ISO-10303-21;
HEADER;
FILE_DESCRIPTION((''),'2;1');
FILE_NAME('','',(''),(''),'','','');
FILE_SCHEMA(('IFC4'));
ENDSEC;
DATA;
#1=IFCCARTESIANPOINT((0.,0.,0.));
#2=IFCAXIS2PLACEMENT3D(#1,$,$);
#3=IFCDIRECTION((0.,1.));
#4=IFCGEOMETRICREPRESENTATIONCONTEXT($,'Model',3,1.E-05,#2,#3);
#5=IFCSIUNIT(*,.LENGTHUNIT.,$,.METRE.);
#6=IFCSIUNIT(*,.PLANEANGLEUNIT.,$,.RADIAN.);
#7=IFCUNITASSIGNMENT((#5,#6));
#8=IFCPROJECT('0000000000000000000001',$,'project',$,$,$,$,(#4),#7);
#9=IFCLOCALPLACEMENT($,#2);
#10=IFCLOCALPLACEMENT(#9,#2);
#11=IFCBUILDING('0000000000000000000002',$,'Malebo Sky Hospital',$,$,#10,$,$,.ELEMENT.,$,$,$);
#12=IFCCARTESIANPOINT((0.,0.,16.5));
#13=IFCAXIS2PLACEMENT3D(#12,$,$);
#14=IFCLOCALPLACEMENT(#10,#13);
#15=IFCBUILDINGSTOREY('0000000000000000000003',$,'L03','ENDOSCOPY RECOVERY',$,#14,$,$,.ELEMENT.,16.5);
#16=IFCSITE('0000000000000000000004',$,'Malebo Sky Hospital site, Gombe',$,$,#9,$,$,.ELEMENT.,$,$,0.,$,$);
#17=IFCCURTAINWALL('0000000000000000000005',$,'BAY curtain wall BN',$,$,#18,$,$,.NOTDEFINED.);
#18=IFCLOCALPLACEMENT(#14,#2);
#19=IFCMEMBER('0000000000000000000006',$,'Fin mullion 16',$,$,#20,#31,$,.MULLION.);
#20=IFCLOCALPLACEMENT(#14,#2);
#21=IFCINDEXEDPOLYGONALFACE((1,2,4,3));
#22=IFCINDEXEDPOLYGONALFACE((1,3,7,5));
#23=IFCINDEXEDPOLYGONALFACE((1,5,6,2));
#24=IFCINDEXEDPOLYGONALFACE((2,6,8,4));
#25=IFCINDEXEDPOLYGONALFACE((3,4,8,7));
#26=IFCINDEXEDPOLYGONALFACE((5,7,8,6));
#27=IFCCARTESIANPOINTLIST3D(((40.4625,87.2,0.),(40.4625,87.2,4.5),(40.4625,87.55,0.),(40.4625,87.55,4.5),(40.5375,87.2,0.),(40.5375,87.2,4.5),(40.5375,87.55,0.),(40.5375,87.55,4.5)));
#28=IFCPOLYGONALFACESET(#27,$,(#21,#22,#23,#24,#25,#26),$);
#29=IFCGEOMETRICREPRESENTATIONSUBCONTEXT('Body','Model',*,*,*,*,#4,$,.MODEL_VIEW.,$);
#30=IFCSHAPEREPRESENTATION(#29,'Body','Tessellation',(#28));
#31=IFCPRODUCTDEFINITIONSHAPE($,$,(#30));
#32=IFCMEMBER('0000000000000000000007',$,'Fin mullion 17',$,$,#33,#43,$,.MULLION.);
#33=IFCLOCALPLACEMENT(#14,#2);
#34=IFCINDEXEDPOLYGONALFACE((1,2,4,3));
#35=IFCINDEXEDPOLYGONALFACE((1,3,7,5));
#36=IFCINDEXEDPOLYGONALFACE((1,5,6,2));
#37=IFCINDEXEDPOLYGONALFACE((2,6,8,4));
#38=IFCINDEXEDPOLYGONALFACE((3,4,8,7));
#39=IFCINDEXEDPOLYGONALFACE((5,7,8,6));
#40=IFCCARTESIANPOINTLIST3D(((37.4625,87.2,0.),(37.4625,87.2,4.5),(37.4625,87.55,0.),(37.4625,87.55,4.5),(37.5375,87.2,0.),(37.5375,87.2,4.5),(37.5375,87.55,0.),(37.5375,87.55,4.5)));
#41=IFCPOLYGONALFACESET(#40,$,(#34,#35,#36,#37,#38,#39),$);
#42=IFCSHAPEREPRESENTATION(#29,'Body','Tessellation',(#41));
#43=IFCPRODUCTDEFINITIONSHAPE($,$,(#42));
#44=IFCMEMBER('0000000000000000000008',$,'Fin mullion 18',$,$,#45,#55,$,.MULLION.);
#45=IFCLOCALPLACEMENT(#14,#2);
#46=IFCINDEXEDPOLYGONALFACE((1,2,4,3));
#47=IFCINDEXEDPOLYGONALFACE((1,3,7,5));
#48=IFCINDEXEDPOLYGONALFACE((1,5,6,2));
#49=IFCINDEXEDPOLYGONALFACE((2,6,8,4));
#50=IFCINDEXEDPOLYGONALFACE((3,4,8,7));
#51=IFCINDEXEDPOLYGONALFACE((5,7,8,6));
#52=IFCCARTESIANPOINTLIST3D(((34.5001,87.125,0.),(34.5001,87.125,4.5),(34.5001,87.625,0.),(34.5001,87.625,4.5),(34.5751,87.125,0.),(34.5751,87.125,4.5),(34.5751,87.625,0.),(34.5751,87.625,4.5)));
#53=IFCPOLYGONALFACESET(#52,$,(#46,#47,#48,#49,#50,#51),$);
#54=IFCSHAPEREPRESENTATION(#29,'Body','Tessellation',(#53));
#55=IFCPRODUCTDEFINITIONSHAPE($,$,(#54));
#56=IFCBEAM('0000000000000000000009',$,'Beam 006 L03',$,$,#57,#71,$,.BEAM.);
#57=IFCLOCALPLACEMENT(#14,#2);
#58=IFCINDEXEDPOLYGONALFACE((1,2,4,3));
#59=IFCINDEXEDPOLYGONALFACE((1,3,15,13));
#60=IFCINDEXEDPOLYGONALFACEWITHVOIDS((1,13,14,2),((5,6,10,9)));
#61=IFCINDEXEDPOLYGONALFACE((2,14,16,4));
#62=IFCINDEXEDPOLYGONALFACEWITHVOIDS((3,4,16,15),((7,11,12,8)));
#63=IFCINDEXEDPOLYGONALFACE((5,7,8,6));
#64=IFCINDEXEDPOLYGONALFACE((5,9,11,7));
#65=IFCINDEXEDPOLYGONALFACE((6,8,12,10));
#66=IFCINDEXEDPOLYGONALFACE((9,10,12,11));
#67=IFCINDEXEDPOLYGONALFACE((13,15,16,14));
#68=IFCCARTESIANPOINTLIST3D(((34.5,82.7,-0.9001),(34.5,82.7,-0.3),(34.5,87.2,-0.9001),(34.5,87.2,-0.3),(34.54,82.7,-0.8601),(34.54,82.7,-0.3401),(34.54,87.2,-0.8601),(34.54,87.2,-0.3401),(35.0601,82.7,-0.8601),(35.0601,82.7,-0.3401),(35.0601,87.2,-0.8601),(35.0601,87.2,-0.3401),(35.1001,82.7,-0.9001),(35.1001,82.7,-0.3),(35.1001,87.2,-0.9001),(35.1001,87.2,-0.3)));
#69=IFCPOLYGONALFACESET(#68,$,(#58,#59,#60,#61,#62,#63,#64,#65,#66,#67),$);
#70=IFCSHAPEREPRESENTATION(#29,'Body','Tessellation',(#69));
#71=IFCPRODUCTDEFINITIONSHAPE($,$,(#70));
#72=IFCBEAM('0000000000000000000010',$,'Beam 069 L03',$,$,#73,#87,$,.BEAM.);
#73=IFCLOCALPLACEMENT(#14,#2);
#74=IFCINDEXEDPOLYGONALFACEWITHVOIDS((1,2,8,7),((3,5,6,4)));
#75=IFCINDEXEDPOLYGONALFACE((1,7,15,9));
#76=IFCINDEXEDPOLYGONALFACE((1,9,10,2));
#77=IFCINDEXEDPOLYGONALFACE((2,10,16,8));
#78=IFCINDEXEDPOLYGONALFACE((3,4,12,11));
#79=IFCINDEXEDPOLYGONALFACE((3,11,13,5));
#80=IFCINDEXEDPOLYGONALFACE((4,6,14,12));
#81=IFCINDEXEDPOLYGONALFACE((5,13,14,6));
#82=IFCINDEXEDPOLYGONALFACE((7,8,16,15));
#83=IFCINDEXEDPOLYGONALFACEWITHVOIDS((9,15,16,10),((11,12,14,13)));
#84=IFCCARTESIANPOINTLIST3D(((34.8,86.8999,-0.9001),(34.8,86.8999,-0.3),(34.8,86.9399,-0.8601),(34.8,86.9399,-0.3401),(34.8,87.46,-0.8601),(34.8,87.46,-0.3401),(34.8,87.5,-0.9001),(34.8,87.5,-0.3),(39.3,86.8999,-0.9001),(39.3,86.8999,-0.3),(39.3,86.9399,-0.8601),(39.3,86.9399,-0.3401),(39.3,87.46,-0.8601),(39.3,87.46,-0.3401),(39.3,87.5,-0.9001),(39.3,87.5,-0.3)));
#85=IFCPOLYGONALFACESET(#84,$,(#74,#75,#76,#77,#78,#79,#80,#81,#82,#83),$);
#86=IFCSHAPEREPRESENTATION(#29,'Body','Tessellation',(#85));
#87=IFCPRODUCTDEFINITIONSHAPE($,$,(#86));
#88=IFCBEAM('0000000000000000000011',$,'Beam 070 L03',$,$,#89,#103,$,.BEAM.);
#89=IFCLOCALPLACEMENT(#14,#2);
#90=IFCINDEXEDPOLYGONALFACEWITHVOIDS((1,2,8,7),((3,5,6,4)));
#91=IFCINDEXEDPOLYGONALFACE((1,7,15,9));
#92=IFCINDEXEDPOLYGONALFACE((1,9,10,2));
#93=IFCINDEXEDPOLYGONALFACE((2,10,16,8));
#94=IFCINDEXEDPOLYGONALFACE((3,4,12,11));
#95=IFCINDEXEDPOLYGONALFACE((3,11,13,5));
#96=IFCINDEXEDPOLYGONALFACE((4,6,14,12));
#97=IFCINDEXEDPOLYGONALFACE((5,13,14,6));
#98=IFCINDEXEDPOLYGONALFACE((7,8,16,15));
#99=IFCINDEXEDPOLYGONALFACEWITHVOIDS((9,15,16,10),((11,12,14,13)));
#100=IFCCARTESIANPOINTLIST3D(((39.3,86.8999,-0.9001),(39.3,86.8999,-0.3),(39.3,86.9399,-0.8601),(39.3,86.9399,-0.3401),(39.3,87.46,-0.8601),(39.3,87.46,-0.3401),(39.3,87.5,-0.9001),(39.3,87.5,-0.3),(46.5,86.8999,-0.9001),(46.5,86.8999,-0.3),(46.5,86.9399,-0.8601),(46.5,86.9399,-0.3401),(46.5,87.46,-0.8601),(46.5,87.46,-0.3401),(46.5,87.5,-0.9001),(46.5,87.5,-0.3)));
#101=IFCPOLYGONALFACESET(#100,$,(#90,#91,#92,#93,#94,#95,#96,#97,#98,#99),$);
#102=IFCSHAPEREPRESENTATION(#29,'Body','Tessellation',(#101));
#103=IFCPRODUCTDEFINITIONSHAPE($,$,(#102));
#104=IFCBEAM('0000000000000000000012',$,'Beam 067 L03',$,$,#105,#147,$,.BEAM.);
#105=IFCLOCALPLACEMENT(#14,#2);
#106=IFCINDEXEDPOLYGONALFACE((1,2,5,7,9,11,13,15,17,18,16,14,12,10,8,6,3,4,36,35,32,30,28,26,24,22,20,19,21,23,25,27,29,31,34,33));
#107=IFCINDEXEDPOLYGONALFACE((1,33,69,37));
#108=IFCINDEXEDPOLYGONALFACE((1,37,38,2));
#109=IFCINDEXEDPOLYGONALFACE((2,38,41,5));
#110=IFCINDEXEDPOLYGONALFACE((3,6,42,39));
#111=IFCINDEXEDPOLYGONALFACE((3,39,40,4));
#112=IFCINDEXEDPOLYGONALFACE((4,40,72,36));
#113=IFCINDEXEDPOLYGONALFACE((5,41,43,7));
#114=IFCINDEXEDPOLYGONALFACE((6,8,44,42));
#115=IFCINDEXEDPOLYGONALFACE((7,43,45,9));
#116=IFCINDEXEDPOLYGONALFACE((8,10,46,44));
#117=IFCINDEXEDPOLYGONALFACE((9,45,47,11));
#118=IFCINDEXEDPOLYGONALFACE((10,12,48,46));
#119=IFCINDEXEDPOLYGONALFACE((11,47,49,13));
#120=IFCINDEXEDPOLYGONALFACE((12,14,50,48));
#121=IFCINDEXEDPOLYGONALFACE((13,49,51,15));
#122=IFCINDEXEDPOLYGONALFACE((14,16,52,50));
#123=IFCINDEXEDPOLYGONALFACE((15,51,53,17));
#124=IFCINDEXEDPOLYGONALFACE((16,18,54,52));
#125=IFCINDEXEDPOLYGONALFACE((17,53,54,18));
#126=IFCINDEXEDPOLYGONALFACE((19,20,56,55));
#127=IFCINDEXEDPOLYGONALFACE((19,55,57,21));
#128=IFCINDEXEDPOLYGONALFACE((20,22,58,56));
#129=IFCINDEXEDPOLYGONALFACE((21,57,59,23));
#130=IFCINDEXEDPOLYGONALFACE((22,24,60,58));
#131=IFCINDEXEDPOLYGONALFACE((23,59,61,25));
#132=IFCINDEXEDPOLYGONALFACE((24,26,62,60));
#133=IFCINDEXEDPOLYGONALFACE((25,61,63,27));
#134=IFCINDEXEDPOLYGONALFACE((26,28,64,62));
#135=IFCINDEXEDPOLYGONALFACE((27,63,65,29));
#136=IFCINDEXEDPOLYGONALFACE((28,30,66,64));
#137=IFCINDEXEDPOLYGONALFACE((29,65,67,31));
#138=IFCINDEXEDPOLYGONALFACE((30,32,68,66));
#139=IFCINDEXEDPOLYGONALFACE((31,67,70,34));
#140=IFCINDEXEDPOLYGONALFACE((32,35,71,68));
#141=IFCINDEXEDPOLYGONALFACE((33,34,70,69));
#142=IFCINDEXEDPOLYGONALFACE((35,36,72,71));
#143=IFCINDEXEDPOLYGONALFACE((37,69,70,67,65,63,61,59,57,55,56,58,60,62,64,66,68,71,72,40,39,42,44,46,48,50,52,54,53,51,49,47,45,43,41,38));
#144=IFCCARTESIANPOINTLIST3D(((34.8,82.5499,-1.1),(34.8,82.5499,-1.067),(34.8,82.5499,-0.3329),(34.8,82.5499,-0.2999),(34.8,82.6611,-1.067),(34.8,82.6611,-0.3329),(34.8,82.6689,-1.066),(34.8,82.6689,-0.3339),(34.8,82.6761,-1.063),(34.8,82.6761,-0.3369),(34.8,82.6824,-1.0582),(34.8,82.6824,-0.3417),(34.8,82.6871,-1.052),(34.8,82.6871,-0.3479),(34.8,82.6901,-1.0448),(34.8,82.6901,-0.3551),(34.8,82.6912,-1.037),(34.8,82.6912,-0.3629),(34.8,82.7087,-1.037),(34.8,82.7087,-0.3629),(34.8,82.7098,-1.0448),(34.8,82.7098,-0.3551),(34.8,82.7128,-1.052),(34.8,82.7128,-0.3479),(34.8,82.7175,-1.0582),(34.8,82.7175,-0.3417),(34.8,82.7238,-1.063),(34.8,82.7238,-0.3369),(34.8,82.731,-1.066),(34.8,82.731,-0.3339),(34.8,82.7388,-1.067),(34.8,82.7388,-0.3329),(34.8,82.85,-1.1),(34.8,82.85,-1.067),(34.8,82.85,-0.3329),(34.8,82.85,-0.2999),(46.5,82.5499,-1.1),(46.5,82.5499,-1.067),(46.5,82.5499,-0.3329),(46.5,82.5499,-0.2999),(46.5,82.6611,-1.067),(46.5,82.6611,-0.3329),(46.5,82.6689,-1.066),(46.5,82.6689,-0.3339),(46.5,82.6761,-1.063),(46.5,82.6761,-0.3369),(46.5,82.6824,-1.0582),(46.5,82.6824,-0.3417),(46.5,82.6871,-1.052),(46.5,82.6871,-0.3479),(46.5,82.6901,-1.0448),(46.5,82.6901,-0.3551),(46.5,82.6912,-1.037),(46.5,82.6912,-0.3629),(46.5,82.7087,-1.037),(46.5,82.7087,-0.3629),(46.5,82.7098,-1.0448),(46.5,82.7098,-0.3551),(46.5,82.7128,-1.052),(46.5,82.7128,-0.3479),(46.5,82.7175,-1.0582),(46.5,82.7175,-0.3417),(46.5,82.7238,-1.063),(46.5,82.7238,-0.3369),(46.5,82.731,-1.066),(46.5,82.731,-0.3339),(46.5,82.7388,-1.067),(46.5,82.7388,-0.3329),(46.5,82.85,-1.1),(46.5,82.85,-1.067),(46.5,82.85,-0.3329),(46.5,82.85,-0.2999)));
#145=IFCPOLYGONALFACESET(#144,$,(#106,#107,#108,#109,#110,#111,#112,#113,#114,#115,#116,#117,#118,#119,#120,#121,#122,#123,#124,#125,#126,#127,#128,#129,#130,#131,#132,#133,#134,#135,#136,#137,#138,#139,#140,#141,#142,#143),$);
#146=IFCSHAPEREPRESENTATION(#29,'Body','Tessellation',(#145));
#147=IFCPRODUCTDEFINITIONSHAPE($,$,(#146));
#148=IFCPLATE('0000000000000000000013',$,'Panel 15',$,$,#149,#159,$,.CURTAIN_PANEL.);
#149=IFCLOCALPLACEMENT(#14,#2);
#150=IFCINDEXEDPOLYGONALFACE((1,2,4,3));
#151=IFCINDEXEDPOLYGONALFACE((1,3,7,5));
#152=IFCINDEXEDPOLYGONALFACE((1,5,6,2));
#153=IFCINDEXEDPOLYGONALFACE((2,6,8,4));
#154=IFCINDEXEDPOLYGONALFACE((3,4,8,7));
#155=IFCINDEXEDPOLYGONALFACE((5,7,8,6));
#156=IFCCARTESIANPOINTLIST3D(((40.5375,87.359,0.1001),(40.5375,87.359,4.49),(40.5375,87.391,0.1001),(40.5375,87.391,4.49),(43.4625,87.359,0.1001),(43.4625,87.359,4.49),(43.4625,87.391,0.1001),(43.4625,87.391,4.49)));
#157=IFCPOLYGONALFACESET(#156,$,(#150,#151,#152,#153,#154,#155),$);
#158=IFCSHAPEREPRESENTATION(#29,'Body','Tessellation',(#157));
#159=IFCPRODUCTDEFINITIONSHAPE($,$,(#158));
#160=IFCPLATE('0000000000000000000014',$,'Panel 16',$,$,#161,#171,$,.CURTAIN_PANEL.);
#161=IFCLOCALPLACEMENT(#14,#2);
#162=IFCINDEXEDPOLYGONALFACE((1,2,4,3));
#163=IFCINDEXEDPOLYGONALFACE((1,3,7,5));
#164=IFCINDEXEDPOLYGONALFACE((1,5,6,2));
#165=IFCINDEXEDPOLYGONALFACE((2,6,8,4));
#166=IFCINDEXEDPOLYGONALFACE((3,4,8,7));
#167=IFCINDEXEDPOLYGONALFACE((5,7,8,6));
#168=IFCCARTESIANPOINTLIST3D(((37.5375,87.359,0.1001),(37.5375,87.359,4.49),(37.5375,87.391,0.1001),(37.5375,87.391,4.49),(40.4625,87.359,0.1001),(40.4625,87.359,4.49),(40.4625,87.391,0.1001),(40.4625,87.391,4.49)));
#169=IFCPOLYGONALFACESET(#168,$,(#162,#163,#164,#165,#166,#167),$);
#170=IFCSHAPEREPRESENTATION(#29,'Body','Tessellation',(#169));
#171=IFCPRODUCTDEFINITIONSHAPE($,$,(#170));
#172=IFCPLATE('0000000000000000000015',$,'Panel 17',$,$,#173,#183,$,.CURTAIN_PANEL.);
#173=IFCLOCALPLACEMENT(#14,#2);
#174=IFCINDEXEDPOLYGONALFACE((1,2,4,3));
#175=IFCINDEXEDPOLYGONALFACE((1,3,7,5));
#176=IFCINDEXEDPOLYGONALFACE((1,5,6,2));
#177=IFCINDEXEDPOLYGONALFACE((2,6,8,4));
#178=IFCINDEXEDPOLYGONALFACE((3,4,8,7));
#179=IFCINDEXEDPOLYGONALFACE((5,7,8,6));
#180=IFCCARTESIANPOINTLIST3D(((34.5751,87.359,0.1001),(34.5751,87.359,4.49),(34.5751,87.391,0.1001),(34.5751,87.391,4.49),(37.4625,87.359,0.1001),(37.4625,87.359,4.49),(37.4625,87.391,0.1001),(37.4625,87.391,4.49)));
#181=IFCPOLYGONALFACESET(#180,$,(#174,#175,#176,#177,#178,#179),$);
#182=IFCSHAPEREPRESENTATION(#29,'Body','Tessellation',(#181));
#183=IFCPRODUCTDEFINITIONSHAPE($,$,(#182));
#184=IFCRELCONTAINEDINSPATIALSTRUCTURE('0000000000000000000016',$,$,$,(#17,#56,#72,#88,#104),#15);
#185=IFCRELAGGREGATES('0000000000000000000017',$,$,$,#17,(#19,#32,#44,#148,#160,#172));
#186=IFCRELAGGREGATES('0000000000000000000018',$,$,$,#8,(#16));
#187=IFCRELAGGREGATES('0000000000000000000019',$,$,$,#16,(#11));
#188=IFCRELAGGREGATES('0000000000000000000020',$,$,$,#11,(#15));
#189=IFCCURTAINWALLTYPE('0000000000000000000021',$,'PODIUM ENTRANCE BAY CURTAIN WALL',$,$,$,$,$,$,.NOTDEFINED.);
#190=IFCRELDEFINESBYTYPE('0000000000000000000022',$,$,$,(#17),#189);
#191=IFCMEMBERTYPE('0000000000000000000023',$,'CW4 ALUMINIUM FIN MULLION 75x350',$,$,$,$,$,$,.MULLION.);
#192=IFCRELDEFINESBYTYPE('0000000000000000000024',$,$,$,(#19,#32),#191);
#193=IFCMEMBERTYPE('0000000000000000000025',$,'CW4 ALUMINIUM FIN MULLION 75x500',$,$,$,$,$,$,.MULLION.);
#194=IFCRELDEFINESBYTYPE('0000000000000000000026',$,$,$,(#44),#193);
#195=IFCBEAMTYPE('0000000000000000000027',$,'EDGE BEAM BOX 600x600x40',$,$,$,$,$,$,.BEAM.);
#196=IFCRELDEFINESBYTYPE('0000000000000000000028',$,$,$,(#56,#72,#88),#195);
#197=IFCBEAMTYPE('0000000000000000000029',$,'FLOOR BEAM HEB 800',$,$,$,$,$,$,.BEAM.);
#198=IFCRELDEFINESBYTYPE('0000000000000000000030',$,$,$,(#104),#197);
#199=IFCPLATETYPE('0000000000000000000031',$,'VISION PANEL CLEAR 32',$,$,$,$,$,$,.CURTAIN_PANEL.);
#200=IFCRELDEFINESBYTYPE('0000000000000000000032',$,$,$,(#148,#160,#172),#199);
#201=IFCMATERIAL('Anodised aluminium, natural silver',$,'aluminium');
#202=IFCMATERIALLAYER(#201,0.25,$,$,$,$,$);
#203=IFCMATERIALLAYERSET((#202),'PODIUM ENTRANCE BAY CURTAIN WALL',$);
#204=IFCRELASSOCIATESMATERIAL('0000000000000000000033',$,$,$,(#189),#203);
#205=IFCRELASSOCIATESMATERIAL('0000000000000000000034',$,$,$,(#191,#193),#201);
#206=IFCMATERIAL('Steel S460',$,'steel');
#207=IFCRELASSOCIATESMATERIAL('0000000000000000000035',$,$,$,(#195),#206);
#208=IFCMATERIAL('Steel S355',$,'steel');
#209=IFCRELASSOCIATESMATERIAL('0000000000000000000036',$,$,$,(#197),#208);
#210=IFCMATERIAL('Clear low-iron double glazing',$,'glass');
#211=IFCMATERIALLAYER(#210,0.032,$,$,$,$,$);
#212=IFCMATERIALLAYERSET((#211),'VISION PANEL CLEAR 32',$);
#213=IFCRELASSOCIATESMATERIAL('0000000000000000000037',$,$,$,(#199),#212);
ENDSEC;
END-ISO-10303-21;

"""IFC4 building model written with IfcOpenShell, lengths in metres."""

from ifc_helpers import new_model, si_unit, direction, frame, origin, origin_2d, place, context, subcontext, project, spatial, rectangle, hollow_rectangle, i_section, extrude, material, layer, layer_set, material_profile, profile_set, type_object, element, aggregate, save


model = new_model("IFC4")

# Units and contexts
model_context = context("Model", 3, precision=1e-05, world=origin(), true_north=direction((0.0, 1.0)))
body_context = subcontext(model_context, "Body", "Model", "MODEL_VIEW")
ifc_project = project(units=[si_unit("LENGTHUNIT", "METRE"), si_unit("PLANEANGLEUNIT", "RADIAN")], contexts=[model_context])

# Site, building, storey
site_placement = place(None, origin())
site = spatial("IfcSite", under=ifc_project, at=site_placement, Name="Malebo Sky Hospital site, Gombe", CompositionType="ELEMENT", RefElevation=0.0)
building_placement = place(site_placement, origin())
building = spatial("IfcBuilding", under=site, at=building_placement, Name="Malebo Sky Hospital", CompositionType="ELEMENT")
storey_placement = place(building_placement, frame((0.0, 0.0, 16.5)))
storey = spatial("IfcBuildingStorey", under=building, at=storey_placement, Name="L03", Description="ENDOSCOPY RECOVERY", CompositionType="ELEMENT", Elevation=16.5)

# Shared definitions
ifc_material_1 = material(Name="Steel S460", Category="steel")
ifc_material_2 = material(Name="Steel S355", Category="steel")

# Shared definitions
ifc_material_3 = material(Name="Anodised aluminium, natural silver", Category="aluminium")

# Curtain wall
ifc_layer_1 = layer(ifc_material_3, 0.25)
ifc_layer_set_1 = layer_set([ifc_layer_1], Name="PODIUM ENTRANCE BAY CURTAIN WALL")
curtain_wall_type_1 = type_object("IfcCurtainWallType", Name="PODIUM ENTRANCE BAY CURTAIN WALL", PredefinedType="NOTDEFINED", material=ifc_layer_set_1)
curtain_wall_1_placement = place(storey_placement, origin())
curtain_wall_1 = element("IfcCurtainWall", 1, at=curtain_wall_1_placement, inside=storey, type_object=curtain_wall_type_1, Name="BAY curtain wall BN", PredefinedType="NOTDEFINED")

# Members
ifc_material_profile_1 = material_profile(ifc_material_3, rectangle(XDim=0.075, YDim=0.3501, at=origin_2d()), Name="CW4 ALUMINIUM FIN MULLION 75x350")
ifc_profile_set_1 = profile_set([ifc_material_profile_1], Name="Anodised aluminium, natural silver")
member_type_1 = type_object("IfcMemberType", Name="CW4 ALUMINIUM FIN MULLION 75x350", PredefinedType="MULLION", material=ifc_profile_set_1)
member_1_placement = place(storey_placement, frame((40.5, 87.375, 0.0), z_axis=(0.0, 0.0, 1.0), x_axis=(-1.0, 0.0, 0.0)))
member_1 = element("IfcMember", 2, at=member_1_placement, type_object=member_type_1, Name="Fin mullion 16", PredefinedType="MULLION", context=body_context, shape_type="SweptSolid", body=[
    extrude(rectangle(XDim=0.075, YDim=0.3501, at=origin_2d()), origin(), (0.0, 0.0, 1.0), 4.5),
])
member_2_placement = place(storey_placement, frame((37.5, 87.375, 0.0), z_axis=(0.0, 0.0, 1.0), x_axis=(-1.0, 0.0, 0.0)))
member_2 = element("IfcMember", 3, at=member_2_placement, type_object=member_type_1, Name="Fin mullion 17", PredefinedType="MULLION", context=body_context, shape_type="SweptSolid", body=[
    extrude(rectangle(XDim=0.075, YDim=0.3501, at=origin_2d()), origin(), (0.0, 0.0, 1.0), 4.5),
])
ifc_material_profile_2 = material_profile(ifc_material_3, rectangle(XDim=0.075, YDim=0.5, at=origin_2d()), Name="CW4 ALUMINIUM FIN MULLION 75x500")
ifc_profile_set_2 = profile_set([ifc_material_profile_2], Name="Anodised aluminium, natural silver")
member_type_2 = type_object("IfcMemberType", Name="CW4 ALUMINIUM FIN MULLION 75x500", PredefinedType="MULLION", material=ifc_profile_set_2)
member_3_placement = place(storey_placement, frame((34.5376, 87.375, 0.0), z_axis=(0.0, 0.0, 1.0), x_axis=(-1.0, 0.0, 0.0)))
member_3 = element("IfcMember", 4, at=member_3_placement, type_object=member_type_2, Name="Fin mullion 18", PredefinedType="MULLION", context=body_context, shape_type="SweptSolid", body=[
    extrude(rectangle(XDim=0.075, YDim=0.5, at=origin_2d()), origin(), (0.0, 0.0, 1.0), 4.5),
])

# Beams
ifc_material_profile_3 = material_profile(ifc_material_1, hollow_rectangle(XDim=0.6001, YDim=0.6001, WallThickness=0.04, at=origin_2d()), Name="BOX 600x600x40")
ifc_profile_set_3 = profile_set([ifc_material_profile_3], Name="Steel S460")
beam_type_1 = type_object("IfcBeamType", Name="EDGE BEAM BOX 600x600x40", PredefinedType="BEAM", material=ifc_profile_set_3)
for number, where, z_axis, x_axis, name in (
    (5, (34.8, 82.7, -0.6001), (0.0, 1.0, 0.0), (-1.0, 0.0, 0.0), "Beam 006 L03"),
    (6, (34.8, 87.2, -0.6001), (1.0, 0.0, 0.0), (0.0, 1.0, 0.0), "Beam 069 L03"),
):
    element("IfcBeam", number, at=place(storey_placement, frame(where, z_axis=z_axis, x_axis=x_axis)), inside=storey, type_object=beam_type_1, Name=name, PredefinedType="BEAM", context=body_context, shape_type="SweptSolid", body=[
        extrude(hollow_rectangle(XDim=0.6001, YDim=0.6001, WallThickness=0.04, at=origin_2d()), origin(), (0.0, 0.0, 1.0), 4.5),
    ])
beam_1_placement = place(storey_placement, frame((39.3, 87.2, -0.6001), z_axis=(1.0, 0.0, 0.0), x_axis=(0.0, 1.0, 0.0)))
element("IfcBeam", 7, at=beam_1_placement, inside=storey, type_object=beam_type_1, Name="Beam 070 L03", PredefinedType="BEAM", context=body_context, shape_type="SweptSolid", body=[
    extrude(hollow_rectangle(XDim=0.6001, YDim=0.6001, WallThickness=0.04, at=origin_2d()), origin(), (0.0, 0.0, 1.0), 7.2),
])
ifc_material_profile_4 = material_profile(ifc_material_2, i_section(OverallWidth=0.3, OverallDepth=0.8, WebThickness=0.0176, FlangeThickness=0.033, FilletRadius=0.03, at=origin_2d()), Name="HEB 800")
ifc_profile_set_4 = profile_set([ifc_material_profile_4], Name="Steel S355")
beam_type_2 = type_object("IfcBeamType", Name="FLOOR BEAM HEB 800", PredefinedType="BEAM", material=ifc_profile_set_4)
beam_2_placement = place(storey_placement, frame((34.8, 82.7, -0.7), z_axis=(1.0, 0.0, 0.0), x_axis=(0.0, 1.0, 0.0)))
element("IfcBeam", 8, at=beam_2_placement, inside=storey, type_object=beam_type_2, Name="Beam 067 L03", PredefinedType="BEAM", context=body_context, shape_type="SweptSolid", body=[
    extrude(i_section(OverallWidth=0.3, OverallDepth=0.8, WebThickness=0.0176, FlangeThickness=0.033, FilletRadius=0.03, at=origin_2d()), origin(), (0.0, 0.0, 1.0), 11.7),
])

# Plates
ifc_material_4 = material(Name="Clear low-iron double glazing", Category="glass")
ifc_layer_2 = layer(ifc_material_4, 0.032)
ifc_layer_set_2 = layer_set([ifc_layer_2], Name="VISION PANEL CLEAR 32")
plate_type = type_object("IfcPlateType", Name="VISION PANEL CLEAR 32", PredefinedType="CURTAIN_PANEL", material=ifc_layer_set_2)
plate_1_placement = place(storey_placement, frame((42.0, 87.375, 0.1001), z_axis=(0.0, 0.0, 1.0), x_axis=(-1.0, 0.0, 0.0)))
plate_1 = element("IfcPlate", 9, at=plate_1_placement, type_object=plate_type, Name="Panel 15", PredefinedType="CURTAIN_PANEL", context=body_context, shape_type="SweptSolid", body=[
    extrude(rectangle(XDim=2.925, YDim=0.032, at=origin_2d()), origin(), (0.0, 0.0, 1.0), 4.3899),
])
plate_2_placement = place(storey_placement, frame((39.0, 87.375, 0.1001), z_axis=(0.0, 0.0, 1.0), x_axis=(-1.0, 0.0, 0.0)))
plate_2 = element("IfcPlate", 10, at=plate_2_placement, type_object=plate_type, Name="Panel 16", PredefinedType="CURTAIN_PANEL", context=body_context, shape_type="SweptSolid", body=[
    extrude(rectangle(XDim=2.925, YDim=0.032, at=origin_2d()), origin(), (0.0, 0.0, 1.0), 4.3899),
])
plate_3_placement = place(storey_placement, frame((36.0188, 87.375, 0.1001), z_axis=(0.0, 0.0, 1.0), x_axis=(-1.0, 0.0, 0.0)))
plate_3 = element("IfcPlate", 11, at=plate_3_placement, type_object=plate_type, Name="Panel 17", PredefinedType="CURTAIN_PANEL", context=body_context, shape_type="SweptSolid", body=[
    extrude(rectangle(XDim=2.8875, YDim=0.032, at=origin_2d()), origin(), (0.0, 0.0, 1.0), 4.3899),
])
aggregate(curtain_wall_1, [member_1, member_2, member_3, plate_1, plate_2, plate_3])

save(model, "model.ifc")
